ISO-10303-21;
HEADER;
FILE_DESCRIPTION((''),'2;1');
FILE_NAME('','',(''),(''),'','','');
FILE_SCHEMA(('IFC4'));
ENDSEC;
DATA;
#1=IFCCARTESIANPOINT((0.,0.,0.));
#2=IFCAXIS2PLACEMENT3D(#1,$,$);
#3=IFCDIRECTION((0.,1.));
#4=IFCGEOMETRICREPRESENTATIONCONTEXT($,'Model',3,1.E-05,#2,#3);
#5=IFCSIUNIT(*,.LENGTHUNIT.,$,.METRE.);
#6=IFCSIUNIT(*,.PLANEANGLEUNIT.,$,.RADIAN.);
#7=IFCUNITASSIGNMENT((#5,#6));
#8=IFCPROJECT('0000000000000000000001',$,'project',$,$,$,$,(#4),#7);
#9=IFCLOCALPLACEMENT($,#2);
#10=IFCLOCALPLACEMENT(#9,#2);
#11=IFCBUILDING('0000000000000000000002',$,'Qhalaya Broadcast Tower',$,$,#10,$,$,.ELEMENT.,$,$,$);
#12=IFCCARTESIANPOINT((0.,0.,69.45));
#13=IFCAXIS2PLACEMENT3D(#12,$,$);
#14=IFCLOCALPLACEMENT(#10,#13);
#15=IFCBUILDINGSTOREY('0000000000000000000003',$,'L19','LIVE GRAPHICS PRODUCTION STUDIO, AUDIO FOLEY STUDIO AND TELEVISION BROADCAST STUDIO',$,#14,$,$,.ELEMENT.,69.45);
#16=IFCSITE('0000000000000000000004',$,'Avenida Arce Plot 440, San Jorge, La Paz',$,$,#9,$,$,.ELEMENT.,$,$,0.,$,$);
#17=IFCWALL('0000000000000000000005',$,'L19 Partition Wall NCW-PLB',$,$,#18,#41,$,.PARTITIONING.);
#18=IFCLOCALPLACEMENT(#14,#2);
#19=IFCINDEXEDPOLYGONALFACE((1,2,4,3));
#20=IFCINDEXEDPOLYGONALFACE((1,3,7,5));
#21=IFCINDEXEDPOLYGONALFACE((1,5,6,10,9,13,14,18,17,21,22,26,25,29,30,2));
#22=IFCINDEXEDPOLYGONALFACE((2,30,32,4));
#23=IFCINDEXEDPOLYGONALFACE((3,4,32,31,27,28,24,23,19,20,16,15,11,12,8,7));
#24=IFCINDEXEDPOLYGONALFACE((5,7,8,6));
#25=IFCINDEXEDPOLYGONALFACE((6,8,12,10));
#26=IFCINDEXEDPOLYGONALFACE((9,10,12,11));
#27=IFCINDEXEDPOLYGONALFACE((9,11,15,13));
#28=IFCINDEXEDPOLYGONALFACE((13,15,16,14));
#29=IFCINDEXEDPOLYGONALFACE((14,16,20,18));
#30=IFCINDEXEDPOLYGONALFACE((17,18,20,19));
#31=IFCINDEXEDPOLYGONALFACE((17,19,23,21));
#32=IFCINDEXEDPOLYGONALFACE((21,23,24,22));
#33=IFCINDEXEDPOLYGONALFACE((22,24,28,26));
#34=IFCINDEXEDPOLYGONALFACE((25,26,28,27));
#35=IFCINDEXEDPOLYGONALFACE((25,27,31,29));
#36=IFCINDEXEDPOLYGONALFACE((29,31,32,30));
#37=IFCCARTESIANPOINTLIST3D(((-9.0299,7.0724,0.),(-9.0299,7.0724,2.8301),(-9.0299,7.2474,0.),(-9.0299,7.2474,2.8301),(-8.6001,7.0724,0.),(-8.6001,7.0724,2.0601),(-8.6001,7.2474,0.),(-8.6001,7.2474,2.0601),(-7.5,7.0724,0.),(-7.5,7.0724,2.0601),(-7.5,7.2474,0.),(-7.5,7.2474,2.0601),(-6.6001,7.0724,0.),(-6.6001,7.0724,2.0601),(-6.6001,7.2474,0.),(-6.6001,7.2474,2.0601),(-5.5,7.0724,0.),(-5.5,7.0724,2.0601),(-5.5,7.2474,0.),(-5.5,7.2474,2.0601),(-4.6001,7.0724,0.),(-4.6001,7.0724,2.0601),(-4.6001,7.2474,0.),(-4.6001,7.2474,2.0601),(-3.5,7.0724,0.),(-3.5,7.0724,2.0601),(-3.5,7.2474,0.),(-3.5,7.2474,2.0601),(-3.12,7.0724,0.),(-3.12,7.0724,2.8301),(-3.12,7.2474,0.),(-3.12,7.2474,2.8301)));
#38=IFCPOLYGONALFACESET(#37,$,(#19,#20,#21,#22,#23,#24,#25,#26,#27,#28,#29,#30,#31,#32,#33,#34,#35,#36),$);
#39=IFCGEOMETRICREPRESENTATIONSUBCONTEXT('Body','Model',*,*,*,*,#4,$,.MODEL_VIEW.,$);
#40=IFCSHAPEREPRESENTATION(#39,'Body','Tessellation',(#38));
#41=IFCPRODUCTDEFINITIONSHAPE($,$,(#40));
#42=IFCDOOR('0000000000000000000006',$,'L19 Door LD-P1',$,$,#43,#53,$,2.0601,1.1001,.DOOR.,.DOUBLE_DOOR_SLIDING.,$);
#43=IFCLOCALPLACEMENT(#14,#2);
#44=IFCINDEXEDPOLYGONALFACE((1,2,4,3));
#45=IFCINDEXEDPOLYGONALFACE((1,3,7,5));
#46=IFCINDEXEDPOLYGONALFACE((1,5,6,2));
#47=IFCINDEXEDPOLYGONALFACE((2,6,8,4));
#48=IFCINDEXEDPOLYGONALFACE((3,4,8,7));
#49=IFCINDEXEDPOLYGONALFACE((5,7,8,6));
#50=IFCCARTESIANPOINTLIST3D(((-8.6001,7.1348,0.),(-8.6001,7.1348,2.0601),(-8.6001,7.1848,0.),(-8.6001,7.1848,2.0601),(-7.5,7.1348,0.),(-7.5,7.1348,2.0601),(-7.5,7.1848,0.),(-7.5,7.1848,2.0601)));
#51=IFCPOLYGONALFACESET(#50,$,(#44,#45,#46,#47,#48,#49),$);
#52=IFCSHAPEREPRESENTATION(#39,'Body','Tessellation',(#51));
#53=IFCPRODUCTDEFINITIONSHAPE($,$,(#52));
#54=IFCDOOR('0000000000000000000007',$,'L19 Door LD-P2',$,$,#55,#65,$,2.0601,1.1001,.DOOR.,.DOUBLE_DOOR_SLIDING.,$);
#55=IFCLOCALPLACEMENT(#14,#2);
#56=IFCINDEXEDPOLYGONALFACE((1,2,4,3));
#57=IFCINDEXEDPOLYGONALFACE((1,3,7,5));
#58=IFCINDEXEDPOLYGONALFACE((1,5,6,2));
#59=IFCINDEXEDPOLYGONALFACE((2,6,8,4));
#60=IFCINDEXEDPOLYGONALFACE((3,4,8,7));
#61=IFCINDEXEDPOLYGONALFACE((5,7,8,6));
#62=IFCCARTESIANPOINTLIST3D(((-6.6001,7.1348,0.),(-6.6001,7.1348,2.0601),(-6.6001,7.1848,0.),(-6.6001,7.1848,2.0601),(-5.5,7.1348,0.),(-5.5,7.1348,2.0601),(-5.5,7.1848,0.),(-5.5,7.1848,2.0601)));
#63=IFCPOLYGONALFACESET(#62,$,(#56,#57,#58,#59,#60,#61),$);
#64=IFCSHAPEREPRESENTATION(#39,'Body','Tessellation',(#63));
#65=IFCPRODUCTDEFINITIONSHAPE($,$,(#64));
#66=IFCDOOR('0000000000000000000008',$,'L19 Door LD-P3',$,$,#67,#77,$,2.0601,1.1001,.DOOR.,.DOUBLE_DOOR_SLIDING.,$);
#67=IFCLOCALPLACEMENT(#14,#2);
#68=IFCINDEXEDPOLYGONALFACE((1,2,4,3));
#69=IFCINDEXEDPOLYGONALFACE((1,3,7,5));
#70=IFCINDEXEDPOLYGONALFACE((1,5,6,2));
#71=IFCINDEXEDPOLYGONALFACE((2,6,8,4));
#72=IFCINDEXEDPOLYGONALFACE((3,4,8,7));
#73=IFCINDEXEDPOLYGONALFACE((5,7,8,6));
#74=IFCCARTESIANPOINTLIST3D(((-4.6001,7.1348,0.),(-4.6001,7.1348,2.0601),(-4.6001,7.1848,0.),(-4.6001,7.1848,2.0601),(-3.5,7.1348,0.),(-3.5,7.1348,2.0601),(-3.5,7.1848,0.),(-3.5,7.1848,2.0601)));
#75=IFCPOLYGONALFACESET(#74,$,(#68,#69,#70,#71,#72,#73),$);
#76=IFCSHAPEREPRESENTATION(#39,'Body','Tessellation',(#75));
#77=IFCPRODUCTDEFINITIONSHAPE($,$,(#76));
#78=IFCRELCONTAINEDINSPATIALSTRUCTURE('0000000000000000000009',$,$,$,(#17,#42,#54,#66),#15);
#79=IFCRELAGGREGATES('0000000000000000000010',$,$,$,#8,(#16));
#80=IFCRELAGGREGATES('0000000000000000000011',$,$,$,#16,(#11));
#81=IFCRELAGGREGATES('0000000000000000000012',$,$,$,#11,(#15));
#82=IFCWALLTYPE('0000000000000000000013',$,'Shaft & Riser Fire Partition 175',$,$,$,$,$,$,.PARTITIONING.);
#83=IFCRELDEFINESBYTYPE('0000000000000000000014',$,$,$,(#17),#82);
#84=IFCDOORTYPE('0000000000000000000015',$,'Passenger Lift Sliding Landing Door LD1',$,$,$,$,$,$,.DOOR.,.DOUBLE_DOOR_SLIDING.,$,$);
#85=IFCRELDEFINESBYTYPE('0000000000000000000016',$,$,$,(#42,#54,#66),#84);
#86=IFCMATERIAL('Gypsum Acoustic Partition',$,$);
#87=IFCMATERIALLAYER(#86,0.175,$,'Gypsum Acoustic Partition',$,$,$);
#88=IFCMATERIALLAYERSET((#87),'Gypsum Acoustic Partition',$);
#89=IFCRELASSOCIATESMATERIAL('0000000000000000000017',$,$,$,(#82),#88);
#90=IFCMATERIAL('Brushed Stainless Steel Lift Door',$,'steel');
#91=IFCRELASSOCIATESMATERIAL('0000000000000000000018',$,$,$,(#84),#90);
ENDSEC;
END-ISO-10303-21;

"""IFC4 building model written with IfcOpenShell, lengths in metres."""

from ifc_helpers import new_model, si_unit, direction, frame, frame_2d, origin, place, context, subcontext, project, spatial, rectangle, extrude, material, layer, layer_set, type_object, element, fill, save


model = new_model("IFC4")

# Units and contexts
model_context = context("Model", 3, precision=1e-05, world=origin(), true_north=direction((0.0, 1.0)))
body_context = subcontext(model_context, "Body", "Model", "MODEL_VIEW")
ifc_project = project(units=[si_unit("LENGTHUNIT", "METRE"), si_unit("PLANEANGLEUNIT", "RADIAN")], contexts=[model_context])

# Site, building, storey
site_placement = place(None, origin())
site = spatial("IfcSite", under=ifc_project, at=site_placement, Name="Avenida Arce Plot 440, San Jorge, La Paz", CompositionType="ELEMENT", RefElevation=0.0)
building_placement = place(site_placement, origin())
building = spatial("IfcBuilding", under=site, at=building_placement, Name="Qhalaya Broadcast Tower", CompositionType="ELEMENT")
storey_placement = place(building_placement, frame((0.0, 0.0, 69.45)))
storey = spatial("IfcBuildingStorey", under=building, at=storey_placement, Name="L19", Description="LIVE GRAPHICS PRODUCTION STUDIO, AUDIO FOLEY STUDIO AND TELEVISION BROADCAST STUDIO", CompositionType="ELEMENT", Elevation=69.45)

# Shared definitions
ifc_material_1 = material(Name="Gypsum Acoustic Partition")

# Wall, openings, doors
ifc_layer_1 = layer(ifc_material_1, 0.175, Name="Gypsum Acoustic Partition")
ifc_layer_set_1 = layer_set([ifc_layer_1], Name="Gypsum Acoustic Partition")
wall_type_1 = type_object("IfcWallType", Name="Shaft & Riser Fire Partition 175", PredefinedType="PARTITIONING", material=ifc_layer_set_1)
wall_1_placement = place(storey_placement, frame((-9.03, 7.1599, 0.0), z_axis=(0.0, 0.0, 1.0), x_axis=(1.0, 0.0, 0.0)))
wall_1 = element("IfcWall", 1, at=wall_1_placement, inside=storey, type_object=wall_type_1, Name="L19 Partition Wall NCW-PLB", PredefinedType="PARTITIONING", context=body_context, shape_type="SweptSolid", body=[
    extrude(rectangle(XDim=5.9099, YDim=0.175, at=frame_2d((2.9551, 0.0))), origin(), (0.0, 0.0, 1.0), 2.8301),
])
opening_1_placement = place(wall_1_placement, frame((0.4299, 0.0, 0.0)))
opening_1 = element("IfcOpeningElement", 2, at=opening_1_placement, cuts=wall_1, PredefinedType="OPENING", context=body_context, shape_type="SweptSolid", body=[
    extrude(rectangle(XDim=1.1001, YDim=2.0601, at=frame_2d((0.55, 1.03))), frame((0.0, 0.0996, 0.0), z_axis=(0.0, -1.0, 0.0), x_axis=(1.0, 0.0, 0.0)), (0.0, 0.0, 1.0), 0.199),
])
opening_2_placement = place(wall_1_placement, frame((2.4299, 0.0, 0.0)))
opening_2 = element("IfcOpeningElement", 3, at=opening_2_placement, cuts=wall_1, PredefinedType="OPENING", context=body_context, shape_type="SweptSolid", body=[
    extrude(rectangle(XDim=1.1001, YDim=2.0601, at=frame_2d((0.55, 1.03))), frame((0.0, 0.0996, 0.0), z_axis=(0.0, -1.0, 0.0), x_axis=(1.0, 0.0, 0.0)), (0.0, 0.0, 1.0), 0.199),
])
opening_3_placement = place(wall_1_placement, frame((4.4299, 0.0, 0.0)))
opening_3 = element("IfcOpeningElement", 4, at=opening_3_placement, cuts=wall_1, PredefinedType="OPENING", context=body_context, shape_type="SweptSolid", body=[
    extrude(rectangle(XDim=1.1001, YDim=2.0601, at=frame_2d((0.55, 1.03))), frame((0.0, 0.0996, 0.0), z_axis=(0.0, -1.0, 0.0), x_axis=(1.0, 0.0, 0.0)), (0.0, 0.0, 1.0), 0.199),
])
ifc_material_2 = material(Name="Brushed Stainless Steel Lift Door", Category="steel")
door_type = type_object("IfcDoorType", Name="Passenger Lift Sliding Landing Door LD1", OperationType="DOUBLE_DOOR_SLIDING", PredefinedType="DOOR", material=ifc_material_2)
door_1_placement = place(opening_1_placement, origin())
door_1 = element("IfcDoor", 5, at=door_1_placement, inside=storey, type_object=door_type, Name="L19 Door LD-P1", OperationType="DOUBLE_DOOR_SLIDING", OverallHeight=2.0601, OverallWidth=1.1001, PredefinedType="DOOR", context=body_context, shape_type="SweptSolid", body=[
    extrude(rectangle(XDim=1.1001, YDim=2.0601, at=frame_2d((0.55, 1.03))), frame((0.0, 0.0249, 0.0), z_axis=(0.0, -1.0, 0.0), x_axis=(1.0, 0.0, 0.0)), (0.0, 0.0, 1.0), 0.05),
])
fill(opening_1, door_1)
door_2_placement = place(opening_2_placement, origin())
door_2 = element("IfcDoor", 6, at=door_2_placement, inside=storey, type_object=door_type, Name="L19 Door LD-P2", OperationType="DOUBLE_DOOR_SLIDING", OverallHeight=2.0601, OverallWidth=1.1001, PredefinedType="DOOR", context=body_context, shape_type="SweptSolid", body=[
    extrude(rectangle(XDim=1.1001, YDim=2.0601, at=frame_2d((0.55, 1.03))), frame((0.0, 0.0249, 0.0), z_axis=(0.0, -1.0, 0.0), x_axis=(1.0, 0.0, 0.0)), (0.0, 0.0, 1.0), 0.05),
])
fill(opening_2, door_2)
door_3_placement = place(opening_3_placement, origin())
door_3 = element("IfcDoor", 7, at=door_3_placement, inside=storey, type_object=door_type, Name="L19 Door LD-P3", OperationType="DOUBLE_DOOR_SLIDING", OverallHeight=2.0601, OverallWidth=1.1001, PredefinedType="DOOR", context=body_context, shape_type="SweptSolid", body=[
    extrude(rectangle(XDim=1.1001, YDim=2.0601, at=frame_2d((0.55, 1.03))), frame((0.0, 0.0249, 0.0), z_axis=(0.0, -1.0, 0.0), x_axis=(1.0, 0.0, 0.0)), (0.0, 0.0, 1.0), 0.05),
])
fill(opening_3, door_3)

save(model, "model.ifc")
